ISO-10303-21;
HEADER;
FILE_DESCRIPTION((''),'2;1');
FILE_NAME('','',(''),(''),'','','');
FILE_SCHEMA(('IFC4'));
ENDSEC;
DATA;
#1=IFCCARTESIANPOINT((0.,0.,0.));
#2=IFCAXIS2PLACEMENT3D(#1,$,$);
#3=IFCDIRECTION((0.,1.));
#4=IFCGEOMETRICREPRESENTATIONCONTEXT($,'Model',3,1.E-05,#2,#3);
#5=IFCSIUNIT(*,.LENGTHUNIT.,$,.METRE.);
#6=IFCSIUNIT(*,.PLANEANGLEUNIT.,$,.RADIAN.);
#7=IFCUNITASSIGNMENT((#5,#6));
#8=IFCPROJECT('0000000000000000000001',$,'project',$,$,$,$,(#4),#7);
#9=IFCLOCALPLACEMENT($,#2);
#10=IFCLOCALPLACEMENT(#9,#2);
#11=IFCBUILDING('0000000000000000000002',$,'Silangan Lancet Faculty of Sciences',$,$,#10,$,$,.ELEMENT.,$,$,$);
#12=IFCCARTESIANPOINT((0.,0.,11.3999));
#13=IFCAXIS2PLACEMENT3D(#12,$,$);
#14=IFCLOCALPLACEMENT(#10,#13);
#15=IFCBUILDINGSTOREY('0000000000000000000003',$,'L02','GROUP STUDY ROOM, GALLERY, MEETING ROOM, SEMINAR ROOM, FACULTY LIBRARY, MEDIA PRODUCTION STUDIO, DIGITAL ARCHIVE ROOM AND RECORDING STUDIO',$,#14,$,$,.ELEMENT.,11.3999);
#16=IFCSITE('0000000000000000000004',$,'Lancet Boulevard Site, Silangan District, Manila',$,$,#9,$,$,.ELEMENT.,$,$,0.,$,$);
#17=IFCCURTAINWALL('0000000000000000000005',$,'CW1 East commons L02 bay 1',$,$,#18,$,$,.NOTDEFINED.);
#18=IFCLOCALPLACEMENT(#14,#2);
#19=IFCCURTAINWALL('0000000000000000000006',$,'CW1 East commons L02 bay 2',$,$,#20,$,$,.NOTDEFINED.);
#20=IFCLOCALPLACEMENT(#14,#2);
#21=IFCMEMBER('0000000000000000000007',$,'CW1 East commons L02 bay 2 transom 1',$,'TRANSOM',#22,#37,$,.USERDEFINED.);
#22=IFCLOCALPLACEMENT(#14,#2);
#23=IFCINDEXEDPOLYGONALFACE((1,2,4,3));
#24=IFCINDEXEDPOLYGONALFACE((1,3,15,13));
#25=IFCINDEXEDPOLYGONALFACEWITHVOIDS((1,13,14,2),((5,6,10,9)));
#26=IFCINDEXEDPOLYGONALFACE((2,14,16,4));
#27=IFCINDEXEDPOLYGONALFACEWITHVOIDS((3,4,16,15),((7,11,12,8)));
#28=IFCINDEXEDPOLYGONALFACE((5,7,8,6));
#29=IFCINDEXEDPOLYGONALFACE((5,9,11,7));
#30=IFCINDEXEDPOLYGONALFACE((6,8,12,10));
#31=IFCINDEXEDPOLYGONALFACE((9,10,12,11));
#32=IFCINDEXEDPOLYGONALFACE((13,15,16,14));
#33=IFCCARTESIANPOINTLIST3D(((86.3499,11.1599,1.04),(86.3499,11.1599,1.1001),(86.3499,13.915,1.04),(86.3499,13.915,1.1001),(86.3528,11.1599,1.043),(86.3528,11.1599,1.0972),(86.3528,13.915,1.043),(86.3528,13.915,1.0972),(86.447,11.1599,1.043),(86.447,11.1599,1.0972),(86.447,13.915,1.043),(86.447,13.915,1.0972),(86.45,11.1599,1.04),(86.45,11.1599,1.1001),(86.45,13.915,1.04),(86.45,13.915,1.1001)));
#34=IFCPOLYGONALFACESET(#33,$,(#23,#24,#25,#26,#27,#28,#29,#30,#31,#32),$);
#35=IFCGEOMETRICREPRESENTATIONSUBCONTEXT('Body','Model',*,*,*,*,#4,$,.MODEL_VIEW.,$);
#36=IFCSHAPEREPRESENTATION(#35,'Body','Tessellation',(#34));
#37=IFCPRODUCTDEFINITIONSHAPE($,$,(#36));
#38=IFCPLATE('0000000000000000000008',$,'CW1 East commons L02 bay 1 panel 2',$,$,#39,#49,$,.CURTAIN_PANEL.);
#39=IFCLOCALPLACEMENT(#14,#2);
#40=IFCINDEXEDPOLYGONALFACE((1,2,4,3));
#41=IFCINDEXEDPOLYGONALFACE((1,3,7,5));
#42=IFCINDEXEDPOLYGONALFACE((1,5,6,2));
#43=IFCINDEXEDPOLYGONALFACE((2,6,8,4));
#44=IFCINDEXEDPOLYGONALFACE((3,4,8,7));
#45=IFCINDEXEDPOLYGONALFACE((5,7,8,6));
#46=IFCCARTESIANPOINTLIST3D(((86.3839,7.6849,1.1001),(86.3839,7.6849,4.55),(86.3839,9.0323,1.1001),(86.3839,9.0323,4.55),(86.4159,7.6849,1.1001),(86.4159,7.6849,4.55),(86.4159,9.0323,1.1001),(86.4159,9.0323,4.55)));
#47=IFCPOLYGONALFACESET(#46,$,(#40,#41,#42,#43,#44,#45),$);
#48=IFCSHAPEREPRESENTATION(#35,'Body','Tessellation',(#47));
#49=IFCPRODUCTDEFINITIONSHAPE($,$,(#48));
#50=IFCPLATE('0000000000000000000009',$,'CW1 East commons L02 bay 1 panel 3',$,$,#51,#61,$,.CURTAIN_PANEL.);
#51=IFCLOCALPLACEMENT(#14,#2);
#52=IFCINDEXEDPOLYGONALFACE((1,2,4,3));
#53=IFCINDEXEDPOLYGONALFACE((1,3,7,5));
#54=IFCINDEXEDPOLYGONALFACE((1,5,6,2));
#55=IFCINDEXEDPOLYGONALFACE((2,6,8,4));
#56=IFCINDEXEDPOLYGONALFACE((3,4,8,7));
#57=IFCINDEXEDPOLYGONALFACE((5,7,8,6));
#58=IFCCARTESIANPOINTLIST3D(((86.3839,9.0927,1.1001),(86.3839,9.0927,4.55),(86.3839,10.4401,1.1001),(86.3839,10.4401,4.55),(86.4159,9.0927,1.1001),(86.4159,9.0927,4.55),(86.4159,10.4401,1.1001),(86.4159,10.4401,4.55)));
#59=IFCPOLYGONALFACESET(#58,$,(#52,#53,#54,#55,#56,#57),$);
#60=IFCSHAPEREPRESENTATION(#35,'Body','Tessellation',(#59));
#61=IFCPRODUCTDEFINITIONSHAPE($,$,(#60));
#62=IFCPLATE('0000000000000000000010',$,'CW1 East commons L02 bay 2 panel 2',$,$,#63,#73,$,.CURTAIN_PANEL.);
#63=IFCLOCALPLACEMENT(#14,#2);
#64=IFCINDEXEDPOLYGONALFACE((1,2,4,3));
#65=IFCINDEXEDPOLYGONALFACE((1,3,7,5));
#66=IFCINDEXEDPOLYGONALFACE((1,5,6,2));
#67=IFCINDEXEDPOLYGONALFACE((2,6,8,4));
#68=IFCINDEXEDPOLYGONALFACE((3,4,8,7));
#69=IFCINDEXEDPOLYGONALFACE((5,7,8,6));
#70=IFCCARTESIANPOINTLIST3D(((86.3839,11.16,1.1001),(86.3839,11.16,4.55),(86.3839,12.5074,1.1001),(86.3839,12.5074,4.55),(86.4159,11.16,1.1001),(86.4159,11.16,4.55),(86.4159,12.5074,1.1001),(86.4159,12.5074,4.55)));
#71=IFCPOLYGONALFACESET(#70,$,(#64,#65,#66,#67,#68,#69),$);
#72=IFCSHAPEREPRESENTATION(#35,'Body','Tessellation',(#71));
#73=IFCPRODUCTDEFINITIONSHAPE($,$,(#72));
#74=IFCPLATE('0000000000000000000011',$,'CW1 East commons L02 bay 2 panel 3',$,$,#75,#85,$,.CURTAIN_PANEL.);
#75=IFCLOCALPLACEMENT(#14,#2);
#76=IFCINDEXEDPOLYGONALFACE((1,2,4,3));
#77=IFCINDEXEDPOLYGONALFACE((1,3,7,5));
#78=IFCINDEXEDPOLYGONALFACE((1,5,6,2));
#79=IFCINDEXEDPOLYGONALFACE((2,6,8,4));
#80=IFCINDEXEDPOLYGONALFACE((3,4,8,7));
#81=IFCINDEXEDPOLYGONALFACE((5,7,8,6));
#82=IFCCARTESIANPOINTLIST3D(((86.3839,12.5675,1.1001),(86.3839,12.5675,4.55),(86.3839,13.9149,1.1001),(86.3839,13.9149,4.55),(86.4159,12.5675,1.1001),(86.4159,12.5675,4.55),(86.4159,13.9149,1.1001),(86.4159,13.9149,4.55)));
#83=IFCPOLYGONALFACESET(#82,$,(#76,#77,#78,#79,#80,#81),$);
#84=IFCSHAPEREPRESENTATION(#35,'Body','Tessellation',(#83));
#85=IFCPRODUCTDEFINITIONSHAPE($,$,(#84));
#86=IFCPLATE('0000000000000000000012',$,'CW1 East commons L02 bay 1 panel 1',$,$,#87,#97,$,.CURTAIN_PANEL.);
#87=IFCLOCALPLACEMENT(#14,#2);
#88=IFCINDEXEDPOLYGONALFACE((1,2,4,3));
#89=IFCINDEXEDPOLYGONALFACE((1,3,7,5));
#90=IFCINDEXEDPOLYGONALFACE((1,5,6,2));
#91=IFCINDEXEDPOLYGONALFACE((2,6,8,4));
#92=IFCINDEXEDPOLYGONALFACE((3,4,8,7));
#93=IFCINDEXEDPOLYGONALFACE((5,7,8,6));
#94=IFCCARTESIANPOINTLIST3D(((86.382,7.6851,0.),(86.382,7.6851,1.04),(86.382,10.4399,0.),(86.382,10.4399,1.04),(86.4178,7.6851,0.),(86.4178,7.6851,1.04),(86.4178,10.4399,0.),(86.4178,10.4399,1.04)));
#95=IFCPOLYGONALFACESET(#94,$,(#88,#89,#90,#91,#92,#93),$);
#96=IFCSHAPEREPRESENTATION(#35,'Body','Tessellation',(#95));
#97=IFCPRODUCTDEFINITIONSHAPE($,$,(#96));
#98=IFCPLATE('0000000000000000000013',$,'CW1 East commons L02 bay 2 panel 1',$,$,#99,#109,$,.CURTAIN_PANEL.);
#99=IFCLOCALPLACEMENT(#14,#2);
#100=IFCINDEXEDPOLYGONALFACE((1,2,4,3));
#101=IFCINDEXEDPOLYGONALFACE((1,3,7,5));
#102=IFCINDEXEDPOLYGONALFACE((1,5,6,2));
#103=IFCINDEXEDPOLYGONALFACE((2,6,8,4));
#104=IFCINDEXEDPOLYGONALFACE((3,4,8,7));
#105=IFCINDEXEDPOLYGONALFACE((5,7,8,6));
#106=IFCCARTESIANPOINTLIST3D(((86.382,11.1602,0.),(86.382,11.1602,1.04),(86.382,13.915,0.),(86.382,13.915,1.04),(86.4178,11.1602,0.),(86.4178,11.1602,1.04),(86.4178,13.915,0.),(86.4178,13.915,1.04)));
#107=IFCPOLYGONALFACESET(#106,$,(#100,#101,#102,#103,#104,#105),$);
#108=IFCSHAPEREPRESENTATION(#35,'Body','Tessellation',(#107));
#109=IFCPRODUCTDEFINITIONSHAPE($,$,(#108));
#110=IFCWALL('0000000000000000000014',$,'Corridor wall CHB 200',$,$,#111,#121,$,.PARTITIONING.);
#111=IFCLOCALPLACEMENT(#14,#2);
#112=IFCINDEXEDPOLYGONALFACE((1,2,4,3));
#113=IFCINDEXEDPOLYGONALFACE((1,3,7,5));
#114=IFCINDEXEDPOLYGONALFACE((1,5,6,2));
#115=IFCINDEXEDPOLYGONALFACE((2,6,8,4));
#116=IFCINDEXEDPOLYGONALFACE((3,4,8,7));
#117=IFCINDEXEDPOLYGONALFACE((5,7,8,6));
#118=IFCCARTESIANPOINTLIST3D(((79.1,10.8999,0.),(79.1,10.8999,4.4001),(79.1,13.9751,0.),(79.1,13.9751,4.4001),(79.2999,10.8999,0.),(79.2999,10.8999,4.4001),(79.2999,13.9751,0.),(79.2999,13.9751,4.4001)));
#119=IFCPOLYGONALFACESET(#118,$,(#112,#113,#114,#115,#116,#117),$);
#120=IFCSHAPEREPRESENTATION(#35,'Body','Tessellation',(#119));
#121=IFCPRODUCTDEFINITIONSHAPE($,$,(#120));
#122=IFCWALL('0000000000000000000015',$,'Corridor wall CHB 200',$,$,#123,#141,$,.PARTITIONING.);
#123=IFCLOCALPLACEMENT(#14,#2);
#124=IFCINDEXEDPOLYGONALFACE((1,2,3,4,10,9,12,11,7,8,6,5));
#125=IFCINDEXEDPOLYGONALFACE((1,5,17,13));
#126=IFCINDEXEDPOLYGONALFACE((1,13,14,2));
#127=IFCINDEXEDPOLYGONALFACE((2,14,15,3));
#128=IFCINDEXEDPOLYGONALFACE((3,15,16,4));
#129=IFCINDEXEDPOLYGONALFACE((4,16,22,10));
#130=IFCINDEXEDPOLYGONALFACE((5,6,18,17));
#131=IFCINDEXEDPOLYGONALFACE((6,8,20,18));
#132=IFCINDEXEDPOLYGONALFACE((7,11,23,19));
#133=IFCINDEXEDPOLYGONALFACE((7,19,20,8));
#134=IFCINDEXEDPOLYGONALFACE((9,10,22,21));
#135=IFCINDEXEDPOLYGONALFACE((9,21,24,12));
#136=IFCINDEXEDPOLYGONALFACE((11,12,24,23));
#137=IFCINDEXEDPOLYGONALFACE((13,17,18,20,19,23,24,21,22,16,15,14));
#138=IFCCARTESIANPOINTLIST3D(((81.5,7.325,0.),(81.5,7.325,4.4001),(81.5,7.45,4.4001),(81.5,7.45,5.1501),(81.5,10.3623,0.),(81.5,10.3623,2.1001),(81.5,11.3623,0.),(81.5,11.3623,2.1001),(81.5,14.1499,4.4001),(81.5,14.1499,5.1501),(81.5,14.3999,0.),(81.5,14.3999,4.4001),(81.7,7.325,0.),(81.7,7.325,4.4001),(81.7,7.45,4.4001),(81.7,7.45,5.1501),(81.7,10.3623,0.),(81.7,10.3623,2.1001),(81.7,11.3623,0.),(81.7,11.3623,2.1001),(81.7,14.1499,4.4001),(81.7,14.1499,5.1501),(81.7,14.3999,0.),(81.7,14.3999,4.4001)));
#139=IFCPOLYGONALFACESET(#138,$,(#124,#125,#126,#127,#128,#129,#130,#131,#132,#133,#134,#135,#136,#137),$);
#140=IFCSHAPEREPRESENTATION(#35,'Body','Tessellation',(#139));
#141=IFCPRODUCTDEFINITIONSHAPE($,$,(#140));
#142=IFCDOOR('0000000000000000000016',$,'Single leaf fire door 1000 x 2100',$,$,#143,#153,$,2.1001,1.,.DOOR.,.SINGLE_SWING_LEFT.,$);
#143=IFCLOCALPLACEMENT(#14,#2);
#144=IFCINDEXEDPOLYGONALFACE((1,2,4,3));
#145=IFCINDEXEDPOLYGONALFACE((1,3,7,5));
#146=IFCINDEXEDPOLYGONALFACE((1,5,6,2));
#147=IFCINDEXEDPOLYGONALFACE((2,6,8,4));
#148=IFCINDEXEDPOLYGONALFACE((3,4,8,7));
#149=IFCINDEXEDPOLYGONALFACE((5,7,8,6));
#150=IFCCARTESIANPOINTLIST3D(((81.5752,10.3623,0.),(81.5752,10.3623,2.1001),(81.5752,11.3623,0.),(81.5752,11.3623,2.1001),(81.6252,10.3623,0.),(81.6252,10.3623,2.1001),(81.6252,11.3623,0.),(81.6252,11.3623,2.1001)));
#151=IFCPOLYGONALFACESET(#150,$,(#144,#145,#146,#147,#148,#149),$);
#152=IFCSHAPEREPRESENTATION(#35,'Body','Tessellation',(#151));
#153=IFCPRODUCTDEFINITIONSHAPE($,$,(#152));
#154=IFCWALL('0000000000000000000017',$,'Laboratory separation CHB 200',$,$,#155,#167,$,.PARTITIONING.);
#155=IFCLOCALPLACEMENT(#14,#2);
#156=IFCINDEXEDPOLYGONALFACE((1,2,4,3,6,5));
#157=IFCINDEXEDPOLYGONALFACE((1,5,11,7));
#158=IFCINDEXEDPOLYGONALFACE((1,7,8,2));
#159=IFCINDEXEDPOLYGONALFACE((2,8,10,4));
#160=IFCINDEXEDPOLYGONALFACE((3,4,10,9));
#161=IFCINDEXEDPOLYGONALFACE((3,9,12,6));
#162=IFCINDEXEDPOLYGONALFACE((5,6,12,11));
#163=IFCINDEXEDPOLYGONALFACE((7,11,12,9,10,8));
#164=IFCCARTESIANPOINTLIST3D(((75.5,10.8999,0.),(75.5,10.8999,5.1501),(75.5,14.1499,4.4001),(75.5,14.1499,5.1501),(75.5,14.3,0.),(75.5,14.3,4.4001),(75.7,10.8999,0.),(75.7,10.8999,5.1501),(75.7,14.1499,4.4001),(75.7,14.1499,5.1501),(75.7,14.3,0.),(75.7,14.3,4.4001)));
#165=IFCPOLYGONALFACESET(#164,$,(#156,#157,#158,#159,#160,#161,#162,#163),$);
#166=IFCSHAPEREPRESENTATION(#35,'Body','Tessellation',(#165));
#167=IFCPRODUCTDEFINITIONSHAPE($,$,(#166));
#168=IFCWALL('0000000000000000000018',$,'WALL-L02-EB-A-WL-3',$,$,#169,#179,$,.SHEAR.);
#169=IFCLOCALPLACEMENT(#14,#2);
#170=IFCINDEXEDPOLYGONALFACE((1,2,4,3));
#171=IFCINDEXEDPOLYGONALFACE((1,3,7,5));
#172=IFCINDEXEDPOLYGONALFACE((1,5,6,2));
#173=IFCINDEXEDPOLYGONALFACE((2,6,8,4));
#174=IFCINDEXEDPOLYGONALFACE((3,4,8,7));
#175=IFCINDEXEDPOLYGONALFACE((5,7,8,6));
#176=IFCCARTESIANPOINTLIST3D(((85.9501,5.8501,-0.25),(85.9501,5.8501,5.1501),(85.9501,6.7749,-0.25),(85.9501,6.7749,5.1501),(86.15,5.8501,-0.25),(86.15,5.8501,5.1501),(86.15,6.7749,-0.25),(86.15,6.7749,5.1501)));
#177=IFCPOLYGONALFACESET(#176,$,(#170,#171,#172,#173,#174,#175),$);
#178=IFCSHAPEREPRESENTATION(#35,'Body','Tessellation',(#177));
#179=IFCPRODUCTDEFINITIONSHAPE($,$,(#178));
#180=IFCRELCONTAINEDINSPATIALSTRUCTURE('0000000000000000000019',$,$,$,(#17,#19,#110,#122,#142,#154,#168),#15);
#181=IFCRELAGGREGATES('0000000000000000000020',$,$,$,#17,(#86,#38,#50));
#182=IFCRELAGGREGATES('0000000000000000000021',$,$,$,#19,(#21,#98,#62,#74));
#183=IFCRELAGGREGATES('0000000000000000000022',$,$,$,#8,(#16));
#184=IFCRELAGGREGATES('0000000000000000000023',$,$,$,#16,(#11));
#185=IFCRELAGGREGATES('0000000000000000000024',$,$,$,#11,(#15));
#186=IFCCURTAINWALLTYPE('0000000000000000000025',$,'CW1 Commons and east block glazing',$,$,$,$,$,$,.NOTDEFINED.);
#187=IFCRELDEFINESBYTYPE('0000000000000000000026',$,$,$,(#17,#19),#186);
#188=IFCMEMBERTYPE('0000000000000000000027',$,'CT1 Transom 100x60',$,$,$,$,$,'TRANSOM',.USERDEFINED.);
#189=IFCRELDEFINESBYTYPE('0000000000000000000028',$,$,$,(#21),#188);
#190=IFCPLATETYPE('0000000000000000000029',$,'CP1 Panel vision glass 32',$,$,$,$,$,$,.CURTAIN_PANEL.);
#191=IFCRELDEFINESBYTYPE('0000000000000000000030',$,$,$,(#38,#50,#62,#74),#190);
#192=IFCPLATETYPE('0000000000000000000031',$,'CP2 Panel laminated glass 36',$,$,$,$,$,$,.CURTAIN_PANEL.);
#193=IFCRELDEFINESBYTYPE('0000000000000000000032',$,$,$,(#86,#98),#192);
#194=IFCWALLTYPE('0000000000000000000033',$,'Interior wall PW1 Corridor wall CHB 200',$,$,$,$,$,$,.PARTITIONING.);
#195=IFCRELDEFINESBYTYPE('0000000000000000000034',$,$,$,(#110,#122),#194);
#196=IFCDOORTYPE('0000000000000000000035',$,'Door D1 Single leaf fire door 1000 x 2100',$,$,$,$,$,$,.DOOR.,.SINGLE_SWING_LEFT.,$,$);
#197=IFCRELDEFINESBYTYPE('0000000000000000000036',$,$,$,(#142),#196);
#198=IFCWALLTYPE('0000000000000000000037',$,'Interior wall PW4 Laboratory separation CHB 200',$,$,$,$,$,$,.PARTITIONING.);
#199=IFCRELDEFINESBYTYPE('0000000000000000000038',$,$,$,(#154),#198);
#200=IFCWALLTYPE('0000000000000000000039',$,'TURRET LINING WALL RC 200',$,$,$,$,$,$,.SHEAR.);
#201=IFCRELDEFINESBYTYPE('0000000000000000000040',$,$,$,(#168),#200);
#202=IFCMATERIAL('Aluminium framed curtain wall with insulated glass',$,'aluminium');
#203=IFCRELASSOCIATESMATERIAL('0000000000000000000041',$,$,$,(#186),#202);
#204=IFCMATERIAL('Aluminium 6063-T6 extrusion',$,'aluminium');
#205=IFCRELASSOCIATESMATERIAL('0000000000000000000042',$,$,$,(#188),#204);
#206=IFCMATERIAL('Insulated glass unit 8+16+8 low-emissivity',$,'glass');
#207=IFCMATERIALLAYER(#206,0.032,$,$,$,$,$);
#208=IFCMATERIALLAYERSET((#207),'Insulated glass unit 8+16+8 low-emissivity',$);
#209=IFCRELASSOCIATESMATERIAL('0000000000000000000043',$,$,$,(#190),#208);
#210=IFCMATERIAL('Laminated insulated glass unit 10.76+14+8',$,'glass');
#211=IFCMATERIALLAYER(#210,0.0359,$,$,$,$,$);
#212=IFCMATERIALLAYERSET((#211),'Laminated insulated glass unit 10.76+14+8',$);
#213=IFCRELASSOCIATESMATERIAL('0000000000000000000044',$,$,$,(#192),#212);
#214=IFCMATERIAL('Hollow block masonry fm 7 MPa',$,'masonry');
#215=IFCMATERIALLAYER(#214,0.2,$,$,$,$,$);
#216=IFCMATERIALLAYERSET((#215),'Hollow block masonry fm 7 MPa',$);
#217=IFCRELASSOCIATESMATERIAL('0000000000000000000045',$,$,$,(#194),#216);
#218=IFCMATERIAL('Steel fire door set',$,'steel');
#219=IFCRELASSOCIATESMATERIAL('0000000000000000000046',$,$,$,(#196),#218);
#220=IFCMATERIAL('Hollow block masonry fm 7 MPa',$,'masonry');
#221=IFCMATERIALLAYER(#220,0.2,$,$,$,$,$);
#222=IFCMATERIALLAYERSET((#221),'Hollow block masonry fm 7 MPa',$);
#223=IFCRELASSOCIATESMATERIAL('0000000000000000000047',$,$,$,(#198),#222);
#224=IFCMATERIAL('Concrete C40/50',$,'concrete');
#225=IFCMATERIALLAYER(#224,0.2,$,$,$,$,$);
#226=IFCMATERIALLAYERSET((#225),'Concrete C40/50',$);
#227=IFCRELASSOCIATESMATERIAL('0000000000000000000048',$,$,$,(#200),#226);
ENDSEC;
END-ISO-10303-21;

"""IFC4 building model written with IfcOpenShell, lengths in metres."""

from ifc_helpers import new_model, si_unit, direction, frame, frame_2d, origin, origin_2d, place, context, subcontext, project, spatial, polyline, rectangle, hollow_rectangle, outline, extrude, material, layer, layer_set, material_profile, profile_set, type_object, element, fill, aggregate, save


model = new_model("IFC4")

# Units and contexts
model_context = context("Model", 3, precision=1e-05, world=origin(), true_north=direction((0.0, 1.0)))
body_context = subcontext(model_context, "Body", "Model", "MODEL_VIEW")
ifc_project = project(units=[si_unit("LENGTHUNIT", "METRE"), si_unit("PLANEANGLEUNIT", "RADIAN")], contexts=[model_context])

# Site, building, storey
site_placement = place(None, origin())
site = spatial("IfcSite", under=ifc_project, at=site_placement, Name="Lancet Boulevard Site, Silangan District, Manila", CompositionType="ELEMENT", RefElevation=0.0)
building_placement = place(site_placement, origin())
building = spatial("IfcBuilding", under=site, at=building_placement, Name="Silangan Lancet Faculty of Sciences", CompositionType="ELEMENT")
storey_placement = place(building_placement, frame((0.0, 0.0, 11.3999)))
storey = spatial("IfcBuildingStorey", under=building, at=storey_placement, Name="L02", Description="GROUP STUDY ROOM, GALLERY, MEETING ROOM, SEMINAR ROOM, FACULTY LIBRARY, MEDIA PRODUCTION STUDIO, DIGITAL ARCHIVE ROOM AND RECORDING STUDIO", CompositionType="ELEMENT", Elevation=11.3999)

# Curtain walls
ifc_material_1 = material(Name="Aluminium framed curtain wall with insulated glass", Category="aluminium")
curtain_wall_type = type_object("IfcCurtainWallType", Name="CW1 Commons and east block glazing", PredefinedType="NOTDEFINED", material=ifc_material_1)
curtain_wall_1_placement = place(storey_placement, origin())
curtain_wall_1 = element("IfcCurtainWall", 1, at=curtain_wall_1_placement, inside=storey, type_object=curtain_wall_type, Name="CW1 East commons L02 bay 1", PredefinedType="NOTDEFINED")
curtain_wall_2_placement = place(storey_placement, origin())
curtain_wall_2 = element("IfcCurtainWall", 2, at=curtain_wall_2_placement, inside=storey, type_object=curtain_wall_type, Name="CW1 East commons L02 bay 2", PredefinedType="NOTDEFINED")

# Member
ifc_material_2 = material(Name="Aluminium 6063-T6 extrusion", Category="aluminium")
ifc_material_profile_1 = material_profile(ifc_material_2, hollow_rectangle(XDim=0.1001, YDim=0.0601, WallThickness=0.0029, at=origin_2d()), Name="AL BOX 100x60x3")
ifc_profile_set_1 = profile_set([ifc_material_profile_1], Name="Aluminium 6063-T6 extrusion")
member_type_1 = type_object("IfcMemberType", Name="CT1 Transom 100x60", ElementType="TRANSOM", PredefinedType="USERDEFINED", material=ifc_profile_set_1)
member_1_placement = place(storey_placement, frame((86.3999, 11.1599, 1.0701), z_axis=(0.0, 1.0, 0.0), x_axis=(-1.0, 0.0, 0.0)))
member_1 = element("IfcMember", 3, at=member_1_placement, type_object=member_type_1, Name="CW1 East commons L02 bay 2 transom 1", ObjectType="TRANSOM", PredefinedType="USERDEFINED", context=body_context, shape_type="SweptSolid", body=[
    extrude(hollow_rectangle(XDim=0.1001, YDim=0.0601, WallThickness=0.0029, at=origin_2d()), origin(), (0.0, 0.0, 1.0), 2.7551),
])

# Plates
ifc_material_3 = material(Name="Insulated glass unit 8+16+8 low-emissivity", Category="glass")
ifc_layer_1 = layer(ifc_material_3, 0.032)
ifc_layer_set_1 = layer_set([ifc_layer_1], Name="Insulated glass unit 8+16+8 low-emissivity")
plate_type_1 = type_object("IfcPlateType", Name="CP1 Panel vision glass 32", PredefinedType="CURTAIN_PANEL", material=ifc_layer_set_1)
plate_1_placement = place(storey_placement, frame((86.3999, 8.3586, 1.1001), z_axis=(0.0, 0.0, 1.0), x_axis=(0.0, 1.0, 0.0)))
plate_1 = element("IfcPlate", 4, at=plate_1_placement, type_object=plate_type_1, Name="CW1 East commons L02 bay 1 panel 2", PredefinedType="CURTAIN_PANEL", context=body_context, shape_type="SweptSolid", body=[
    extrude(rectangle(XDim=1.3474, YDim=0.032, at=origin_2d()), origin(), (0.0, 0.0, 1.0), 3.45),
])
plate_2_placement = place(storey_placement, frame((86.3999, 9.7664, 1.1001), z_axis=(0.0, 0.0, 1.0), x_axis=(0.0, 1.0, 0.0)))
plate_2 = element("IfcPlate", 5, at=plate_2_placement, type_object=plate_type_1, Name="CW1 East commons L02 bay 1 panel 3", PredefinedType="CURTAIN_PANEL", context=body_context, shape_type="SweptSolid", body=[
    extrude(rectangle(XDim=1.3474, YDim=0.032, at=origin_2d()), origin(), (0.0, 0.0, 1.0), 3.45),
])
plate_3_placement = place(storey_placement, frame((86.3999, 11.8337, 1.1001), z_axis=(0.0, 0.0, 1.0), x_axis=(0.0, 1.0, 0.0)))
plate_3 = element("IfcPlate", 6, at=plate_3_placement, type_object=plate_type_1, Name="CW1 East commons L02 bay 2 panel 2", PredefinedType="CURTAIN_PANEL", context=body_context, shape_type="SweptSolid", body=[
    extrude(rectangle(XDim=1.3474, YDim=0.032, at=origin_2d()), origin(), (0.0, 0.0, 1.0), 3.45),
])
plate_4_placement = place(storey_placement, frame((86.3999, 13.2412, 1.1001), z_axis=(0.0, 0.0, 1.0), x_axis=(0.0, 1.0, 0.0)))
plate_4 = element("IfcPlate", 7, at=plate_4_placement, type_object=plate_type_1, Name="CW1 East commons L02 bay 2 panel 3", PredefinedType="CURTAIN_PANEL", context=body_context, shape_type="SweptSolid", body=[
    extrude(rectangle(XDim=1.3474, YDim=0.032, at=origin_2d()), origin(), (0.0, 0.0, 1.0), 3.45),
])
ifc_material_4 = material(Name="Laminated insulated glass unit 10.76+14+8", Category="glass")
ifc_layer_2 = layer(ifc_material_4, 0.0359)
ifc_layer_set_2 = layer_set([ifc_layer_2], Name="Laminated insulated glass unit 10.76+14+8")
plate_type_2 = type_object("IfcPlateType", Name="CP2 Panel laminated glass 36", PredefinedType="CURTAIN_PANEL", material=ifc_layer_set_2)
plate_5_placement = place(storey_placement, frame((86.3999, 9.0625, 0.0), z_axis=(0.0, 0.0, 1.0), x_axis=(0.0, 1.0, 0.0)))
plate_5 = element("IfcPlate", 8, at=plate_5_placement, type_object=plate_type_2, Name="CW1 East commons L02 bay 1 panel 1", PredefinedType="CURTAIN_PANEL", context=body_context, shape_type="SweptSolid", body=[
    extrude(rectangle(XDim=2.7549, YDim=0.0359, at=origin_2d()), origin(), (0.0, 0.0, 1.0), 1.04),
])
aggregate(curtain_wall_1, [plate_5, plate_1, plate_2])
plate_6_placement = place(storey_placement, frame((86.3999, 12.5376, 0.0), z_axis=(0.0, 0.0, 1.0), x_axis=(0.0, 1.0, 0.0)))
plate_6 = element("IfcPlate", 9, at=plate_6_placement, type_object=plate_type_2, Name="CW1 East commons L02 bay 2 panel 1", PredefinedType="CURTAIN_PANEL", context=body_context, shape_type="SweptSolid", body=[
    extrude(rectangle(XDim=2.7549, YDim=0.0359, at=origin_2d()), origin(), (0.0, 0.0, 1.0), 1.04),
])
aggregate(curtain_wall_2, [member_1, plate_6, plate_3, plate_4])

# Wall
ifc_material_5 = material(Name="Hollow block masonry fm 7 MPa", Category="masonry")
ifc_layer_3 = layer(ifc_material_5, 0.2)
ifc_layer_set_3 = layer_set([ifc_layer_3], Name="Hollow block masonry fm 7 MPa")
wall_type_1 = type_object("IfcWallType", Name="Interior wall PW1 Corridor wall CHB 200", PredefinedType="PARTITIONING", material=ifc_layer_set_3)
wall_1_placement = place(storey_placement, frame((79.2, 10.8999, 0.0), z_axis=(0.0, 0.0, 1.0), x_axis=(0.0, 1.0, 0.0)))
element("IfcWall", 10, at=wall_1_placement, inside=storey, type_object=wall_type_1, Name="Corridor wall CHB 200", PredefinedType="PARTITIONING", context=body_context, shape_type="SweptSolid", body=[
    extrude(rectangle(XDim=3.0752, YDim=0.2, at=frame_2d((1.5376, 0.0))), origin(), (0.0, 0.0, 1.0), 4.4001),
])

# Wall, opening, door
wall_2_placement = place(storey_placement, frame((81.6001, 7.325, 0.0), z_axis=(0.0, 0.0, 1.0), x_axis=(0.0, 1.0, 0.0)))
wall_2 = element("IfcWall", 11, at=wall_2_placement, inside=storey, type_object=wall_type_1, Name="Corridor wall CHB 200", PredefinedType="PARTITIONING", context=body_context, shape_type="SweptSolid", body=[
    extrude(outline(polyline([(0.0, 0.0), (7.075, 0.0), (7.075, 4.4001), (6.825, 4.4001), (6.825, 5.1501), (0.125, 5.1501), (0.125, 4.4001), (0.0, 4.4001), (0.0, 0.0)])), frame((0.0, 0.1001, 0.0), z_axis=(0.0, -1.0, 0.0), x_axis=(1.0, 0.0, 0.0)), (0.0, 0.0, 1.0), 0.2),
])
opening_1_placement = place(wall_2_placement, frame((3.0374, 0.0, 0.0)))
opening_1 = element("IfcOpeningElement", 12, at=opening_1_placement, cuts=wall_2, PredefinedType="OPENING", context=body_context, shape_type="SweptSolid", body=[
    extrude(rectangle(XDim=1.0, YDim=2.1001, at=frame_2d((0.5, 1.05))), frame((0.0, 0.1099, 0.0), z_axis=(0.0, -1.0, 0.0), x_axis=(1.0, 0.0, 0.0)), (0.0, 0.0, 1.0), 0.22),
])
ifc_material_6 = material(Name="Steel fire door set", Category="steel")
door_type_1 = type_object("IfcDoorType", Name="Door D1 Single leaf fire door 1000 x 2100", OperationType="SINGLE_SWING_LEFT", PredefinedType="DOOR", material=ifc_material_6)
door_1_placement = place(opening_1_placement, frame((1.0, 0.0, 0.0), z_axis=(0.0, 0.0, 1.0), x_axis=(-1.0, 0.0, 0.0)))
door_1 = element("IfcDoor", 13, at=door_1_placement, inside=storey, type_object=door_type_1, Name="Single leaf fire door 1000 x 2100", OperationType="SINGLE_SWING_LEFT", OverallHeight=2.1001, OverallWidth=1.0, PredefinedType="DOOR", context=body_context, shape_type="SweptSolid", body=[
    extrude(rectangle(XDim=1.0, YDim=2.1001, at=frame_2d((0.5, 1.05))), frame((0.0, 0.0251, 0.0), z_axis=(0.0, -1.0, 0.0), x_axis=(1.0, 0.0, 0.0)), (0.0, 0.0, 1.0), 0.05),
])
fill(opening_1, door_1)

# Walls
ifc_material_7 = material(Name="Hollow block masonry fm 7 MPa", Category="masonry")
ifc_layer_4 = layer(ifc_material_7, 0.2)
ifc_layer_set_4 = layer_set([ifc_layer_4], Name="Hollow block masonry fm 7 MPa")
wall_type_2 = type_object("IfcWallType", Name="Interior wall PW4 Laboratory separation CHB 200", PredefinedType="PARTITIONING", material=ifc_layer_set_4)
wall_3_placement = place(storey_placement, frame((75.6001, 10.8999, 0.0), z_axis=(0.0, 0.0, 1.0), x_axis=(0.0, 1.0, 0.0)))
element("IfcWall", 14, at=wall_3_placement, inside=storey, type_object=wall_type_2, Name="Laboratory separation CHB 200", PredefinedType="PARTITIONING", context=body_context, shape_type="SweptSolid", body=[
    extrude(outline(polyline([(0.0, 0.0), (3.4001, 0.0), (3.4001, 4.4001), (3.25, 4.4001), (3.25, 5.1501), (0.0, 5.1501), (0.0, 0.0)])), frame((0.0, 0.1001, 0.0), z_axis=(0.0, -1.0, 0.0), x_axis=(1.0, 0.0, 0.0)), (0.0, 0.0, 1.0), 0.2),
])
ifc_material_8 = material(Name="Concrete C40/50", Category="concrete")
ifc_layer_5 = layer(ifc_material_8, 0.2)
ifc_layer_set_5 = layer_set([ifc_layer_5], Name="Concrete C40/50")
wall_type_3 = type_object("IfcWallType", Name="TURRET LINING WALL RC 200", PredefinedType="SHEAR", material=ifc_layer_set_5)
wall_4_placement = place(storey_placement, frame((86.05, 5.8501, -0.25), z_axis=(0.0, 0.0, 1.0), x_axis=(0.0, 1.0, 0.0)))
element("IfcWall", 15, at=wall_4_placement, inside=storey, type_object=wall_type_3, Name="WALL-L02-EB-A-WL-3", PredefinedType="SHEAR", context=body_context, shape_type="SweptSolid", body=[
    extrude(rectangle(XDim=0.9248, YDim=0.2, at=frame_2d((0.4624, 0.0))), origin(), (0.0, 0.0, 1.0), 5.4001),
])

save(model, "model.ifc")
